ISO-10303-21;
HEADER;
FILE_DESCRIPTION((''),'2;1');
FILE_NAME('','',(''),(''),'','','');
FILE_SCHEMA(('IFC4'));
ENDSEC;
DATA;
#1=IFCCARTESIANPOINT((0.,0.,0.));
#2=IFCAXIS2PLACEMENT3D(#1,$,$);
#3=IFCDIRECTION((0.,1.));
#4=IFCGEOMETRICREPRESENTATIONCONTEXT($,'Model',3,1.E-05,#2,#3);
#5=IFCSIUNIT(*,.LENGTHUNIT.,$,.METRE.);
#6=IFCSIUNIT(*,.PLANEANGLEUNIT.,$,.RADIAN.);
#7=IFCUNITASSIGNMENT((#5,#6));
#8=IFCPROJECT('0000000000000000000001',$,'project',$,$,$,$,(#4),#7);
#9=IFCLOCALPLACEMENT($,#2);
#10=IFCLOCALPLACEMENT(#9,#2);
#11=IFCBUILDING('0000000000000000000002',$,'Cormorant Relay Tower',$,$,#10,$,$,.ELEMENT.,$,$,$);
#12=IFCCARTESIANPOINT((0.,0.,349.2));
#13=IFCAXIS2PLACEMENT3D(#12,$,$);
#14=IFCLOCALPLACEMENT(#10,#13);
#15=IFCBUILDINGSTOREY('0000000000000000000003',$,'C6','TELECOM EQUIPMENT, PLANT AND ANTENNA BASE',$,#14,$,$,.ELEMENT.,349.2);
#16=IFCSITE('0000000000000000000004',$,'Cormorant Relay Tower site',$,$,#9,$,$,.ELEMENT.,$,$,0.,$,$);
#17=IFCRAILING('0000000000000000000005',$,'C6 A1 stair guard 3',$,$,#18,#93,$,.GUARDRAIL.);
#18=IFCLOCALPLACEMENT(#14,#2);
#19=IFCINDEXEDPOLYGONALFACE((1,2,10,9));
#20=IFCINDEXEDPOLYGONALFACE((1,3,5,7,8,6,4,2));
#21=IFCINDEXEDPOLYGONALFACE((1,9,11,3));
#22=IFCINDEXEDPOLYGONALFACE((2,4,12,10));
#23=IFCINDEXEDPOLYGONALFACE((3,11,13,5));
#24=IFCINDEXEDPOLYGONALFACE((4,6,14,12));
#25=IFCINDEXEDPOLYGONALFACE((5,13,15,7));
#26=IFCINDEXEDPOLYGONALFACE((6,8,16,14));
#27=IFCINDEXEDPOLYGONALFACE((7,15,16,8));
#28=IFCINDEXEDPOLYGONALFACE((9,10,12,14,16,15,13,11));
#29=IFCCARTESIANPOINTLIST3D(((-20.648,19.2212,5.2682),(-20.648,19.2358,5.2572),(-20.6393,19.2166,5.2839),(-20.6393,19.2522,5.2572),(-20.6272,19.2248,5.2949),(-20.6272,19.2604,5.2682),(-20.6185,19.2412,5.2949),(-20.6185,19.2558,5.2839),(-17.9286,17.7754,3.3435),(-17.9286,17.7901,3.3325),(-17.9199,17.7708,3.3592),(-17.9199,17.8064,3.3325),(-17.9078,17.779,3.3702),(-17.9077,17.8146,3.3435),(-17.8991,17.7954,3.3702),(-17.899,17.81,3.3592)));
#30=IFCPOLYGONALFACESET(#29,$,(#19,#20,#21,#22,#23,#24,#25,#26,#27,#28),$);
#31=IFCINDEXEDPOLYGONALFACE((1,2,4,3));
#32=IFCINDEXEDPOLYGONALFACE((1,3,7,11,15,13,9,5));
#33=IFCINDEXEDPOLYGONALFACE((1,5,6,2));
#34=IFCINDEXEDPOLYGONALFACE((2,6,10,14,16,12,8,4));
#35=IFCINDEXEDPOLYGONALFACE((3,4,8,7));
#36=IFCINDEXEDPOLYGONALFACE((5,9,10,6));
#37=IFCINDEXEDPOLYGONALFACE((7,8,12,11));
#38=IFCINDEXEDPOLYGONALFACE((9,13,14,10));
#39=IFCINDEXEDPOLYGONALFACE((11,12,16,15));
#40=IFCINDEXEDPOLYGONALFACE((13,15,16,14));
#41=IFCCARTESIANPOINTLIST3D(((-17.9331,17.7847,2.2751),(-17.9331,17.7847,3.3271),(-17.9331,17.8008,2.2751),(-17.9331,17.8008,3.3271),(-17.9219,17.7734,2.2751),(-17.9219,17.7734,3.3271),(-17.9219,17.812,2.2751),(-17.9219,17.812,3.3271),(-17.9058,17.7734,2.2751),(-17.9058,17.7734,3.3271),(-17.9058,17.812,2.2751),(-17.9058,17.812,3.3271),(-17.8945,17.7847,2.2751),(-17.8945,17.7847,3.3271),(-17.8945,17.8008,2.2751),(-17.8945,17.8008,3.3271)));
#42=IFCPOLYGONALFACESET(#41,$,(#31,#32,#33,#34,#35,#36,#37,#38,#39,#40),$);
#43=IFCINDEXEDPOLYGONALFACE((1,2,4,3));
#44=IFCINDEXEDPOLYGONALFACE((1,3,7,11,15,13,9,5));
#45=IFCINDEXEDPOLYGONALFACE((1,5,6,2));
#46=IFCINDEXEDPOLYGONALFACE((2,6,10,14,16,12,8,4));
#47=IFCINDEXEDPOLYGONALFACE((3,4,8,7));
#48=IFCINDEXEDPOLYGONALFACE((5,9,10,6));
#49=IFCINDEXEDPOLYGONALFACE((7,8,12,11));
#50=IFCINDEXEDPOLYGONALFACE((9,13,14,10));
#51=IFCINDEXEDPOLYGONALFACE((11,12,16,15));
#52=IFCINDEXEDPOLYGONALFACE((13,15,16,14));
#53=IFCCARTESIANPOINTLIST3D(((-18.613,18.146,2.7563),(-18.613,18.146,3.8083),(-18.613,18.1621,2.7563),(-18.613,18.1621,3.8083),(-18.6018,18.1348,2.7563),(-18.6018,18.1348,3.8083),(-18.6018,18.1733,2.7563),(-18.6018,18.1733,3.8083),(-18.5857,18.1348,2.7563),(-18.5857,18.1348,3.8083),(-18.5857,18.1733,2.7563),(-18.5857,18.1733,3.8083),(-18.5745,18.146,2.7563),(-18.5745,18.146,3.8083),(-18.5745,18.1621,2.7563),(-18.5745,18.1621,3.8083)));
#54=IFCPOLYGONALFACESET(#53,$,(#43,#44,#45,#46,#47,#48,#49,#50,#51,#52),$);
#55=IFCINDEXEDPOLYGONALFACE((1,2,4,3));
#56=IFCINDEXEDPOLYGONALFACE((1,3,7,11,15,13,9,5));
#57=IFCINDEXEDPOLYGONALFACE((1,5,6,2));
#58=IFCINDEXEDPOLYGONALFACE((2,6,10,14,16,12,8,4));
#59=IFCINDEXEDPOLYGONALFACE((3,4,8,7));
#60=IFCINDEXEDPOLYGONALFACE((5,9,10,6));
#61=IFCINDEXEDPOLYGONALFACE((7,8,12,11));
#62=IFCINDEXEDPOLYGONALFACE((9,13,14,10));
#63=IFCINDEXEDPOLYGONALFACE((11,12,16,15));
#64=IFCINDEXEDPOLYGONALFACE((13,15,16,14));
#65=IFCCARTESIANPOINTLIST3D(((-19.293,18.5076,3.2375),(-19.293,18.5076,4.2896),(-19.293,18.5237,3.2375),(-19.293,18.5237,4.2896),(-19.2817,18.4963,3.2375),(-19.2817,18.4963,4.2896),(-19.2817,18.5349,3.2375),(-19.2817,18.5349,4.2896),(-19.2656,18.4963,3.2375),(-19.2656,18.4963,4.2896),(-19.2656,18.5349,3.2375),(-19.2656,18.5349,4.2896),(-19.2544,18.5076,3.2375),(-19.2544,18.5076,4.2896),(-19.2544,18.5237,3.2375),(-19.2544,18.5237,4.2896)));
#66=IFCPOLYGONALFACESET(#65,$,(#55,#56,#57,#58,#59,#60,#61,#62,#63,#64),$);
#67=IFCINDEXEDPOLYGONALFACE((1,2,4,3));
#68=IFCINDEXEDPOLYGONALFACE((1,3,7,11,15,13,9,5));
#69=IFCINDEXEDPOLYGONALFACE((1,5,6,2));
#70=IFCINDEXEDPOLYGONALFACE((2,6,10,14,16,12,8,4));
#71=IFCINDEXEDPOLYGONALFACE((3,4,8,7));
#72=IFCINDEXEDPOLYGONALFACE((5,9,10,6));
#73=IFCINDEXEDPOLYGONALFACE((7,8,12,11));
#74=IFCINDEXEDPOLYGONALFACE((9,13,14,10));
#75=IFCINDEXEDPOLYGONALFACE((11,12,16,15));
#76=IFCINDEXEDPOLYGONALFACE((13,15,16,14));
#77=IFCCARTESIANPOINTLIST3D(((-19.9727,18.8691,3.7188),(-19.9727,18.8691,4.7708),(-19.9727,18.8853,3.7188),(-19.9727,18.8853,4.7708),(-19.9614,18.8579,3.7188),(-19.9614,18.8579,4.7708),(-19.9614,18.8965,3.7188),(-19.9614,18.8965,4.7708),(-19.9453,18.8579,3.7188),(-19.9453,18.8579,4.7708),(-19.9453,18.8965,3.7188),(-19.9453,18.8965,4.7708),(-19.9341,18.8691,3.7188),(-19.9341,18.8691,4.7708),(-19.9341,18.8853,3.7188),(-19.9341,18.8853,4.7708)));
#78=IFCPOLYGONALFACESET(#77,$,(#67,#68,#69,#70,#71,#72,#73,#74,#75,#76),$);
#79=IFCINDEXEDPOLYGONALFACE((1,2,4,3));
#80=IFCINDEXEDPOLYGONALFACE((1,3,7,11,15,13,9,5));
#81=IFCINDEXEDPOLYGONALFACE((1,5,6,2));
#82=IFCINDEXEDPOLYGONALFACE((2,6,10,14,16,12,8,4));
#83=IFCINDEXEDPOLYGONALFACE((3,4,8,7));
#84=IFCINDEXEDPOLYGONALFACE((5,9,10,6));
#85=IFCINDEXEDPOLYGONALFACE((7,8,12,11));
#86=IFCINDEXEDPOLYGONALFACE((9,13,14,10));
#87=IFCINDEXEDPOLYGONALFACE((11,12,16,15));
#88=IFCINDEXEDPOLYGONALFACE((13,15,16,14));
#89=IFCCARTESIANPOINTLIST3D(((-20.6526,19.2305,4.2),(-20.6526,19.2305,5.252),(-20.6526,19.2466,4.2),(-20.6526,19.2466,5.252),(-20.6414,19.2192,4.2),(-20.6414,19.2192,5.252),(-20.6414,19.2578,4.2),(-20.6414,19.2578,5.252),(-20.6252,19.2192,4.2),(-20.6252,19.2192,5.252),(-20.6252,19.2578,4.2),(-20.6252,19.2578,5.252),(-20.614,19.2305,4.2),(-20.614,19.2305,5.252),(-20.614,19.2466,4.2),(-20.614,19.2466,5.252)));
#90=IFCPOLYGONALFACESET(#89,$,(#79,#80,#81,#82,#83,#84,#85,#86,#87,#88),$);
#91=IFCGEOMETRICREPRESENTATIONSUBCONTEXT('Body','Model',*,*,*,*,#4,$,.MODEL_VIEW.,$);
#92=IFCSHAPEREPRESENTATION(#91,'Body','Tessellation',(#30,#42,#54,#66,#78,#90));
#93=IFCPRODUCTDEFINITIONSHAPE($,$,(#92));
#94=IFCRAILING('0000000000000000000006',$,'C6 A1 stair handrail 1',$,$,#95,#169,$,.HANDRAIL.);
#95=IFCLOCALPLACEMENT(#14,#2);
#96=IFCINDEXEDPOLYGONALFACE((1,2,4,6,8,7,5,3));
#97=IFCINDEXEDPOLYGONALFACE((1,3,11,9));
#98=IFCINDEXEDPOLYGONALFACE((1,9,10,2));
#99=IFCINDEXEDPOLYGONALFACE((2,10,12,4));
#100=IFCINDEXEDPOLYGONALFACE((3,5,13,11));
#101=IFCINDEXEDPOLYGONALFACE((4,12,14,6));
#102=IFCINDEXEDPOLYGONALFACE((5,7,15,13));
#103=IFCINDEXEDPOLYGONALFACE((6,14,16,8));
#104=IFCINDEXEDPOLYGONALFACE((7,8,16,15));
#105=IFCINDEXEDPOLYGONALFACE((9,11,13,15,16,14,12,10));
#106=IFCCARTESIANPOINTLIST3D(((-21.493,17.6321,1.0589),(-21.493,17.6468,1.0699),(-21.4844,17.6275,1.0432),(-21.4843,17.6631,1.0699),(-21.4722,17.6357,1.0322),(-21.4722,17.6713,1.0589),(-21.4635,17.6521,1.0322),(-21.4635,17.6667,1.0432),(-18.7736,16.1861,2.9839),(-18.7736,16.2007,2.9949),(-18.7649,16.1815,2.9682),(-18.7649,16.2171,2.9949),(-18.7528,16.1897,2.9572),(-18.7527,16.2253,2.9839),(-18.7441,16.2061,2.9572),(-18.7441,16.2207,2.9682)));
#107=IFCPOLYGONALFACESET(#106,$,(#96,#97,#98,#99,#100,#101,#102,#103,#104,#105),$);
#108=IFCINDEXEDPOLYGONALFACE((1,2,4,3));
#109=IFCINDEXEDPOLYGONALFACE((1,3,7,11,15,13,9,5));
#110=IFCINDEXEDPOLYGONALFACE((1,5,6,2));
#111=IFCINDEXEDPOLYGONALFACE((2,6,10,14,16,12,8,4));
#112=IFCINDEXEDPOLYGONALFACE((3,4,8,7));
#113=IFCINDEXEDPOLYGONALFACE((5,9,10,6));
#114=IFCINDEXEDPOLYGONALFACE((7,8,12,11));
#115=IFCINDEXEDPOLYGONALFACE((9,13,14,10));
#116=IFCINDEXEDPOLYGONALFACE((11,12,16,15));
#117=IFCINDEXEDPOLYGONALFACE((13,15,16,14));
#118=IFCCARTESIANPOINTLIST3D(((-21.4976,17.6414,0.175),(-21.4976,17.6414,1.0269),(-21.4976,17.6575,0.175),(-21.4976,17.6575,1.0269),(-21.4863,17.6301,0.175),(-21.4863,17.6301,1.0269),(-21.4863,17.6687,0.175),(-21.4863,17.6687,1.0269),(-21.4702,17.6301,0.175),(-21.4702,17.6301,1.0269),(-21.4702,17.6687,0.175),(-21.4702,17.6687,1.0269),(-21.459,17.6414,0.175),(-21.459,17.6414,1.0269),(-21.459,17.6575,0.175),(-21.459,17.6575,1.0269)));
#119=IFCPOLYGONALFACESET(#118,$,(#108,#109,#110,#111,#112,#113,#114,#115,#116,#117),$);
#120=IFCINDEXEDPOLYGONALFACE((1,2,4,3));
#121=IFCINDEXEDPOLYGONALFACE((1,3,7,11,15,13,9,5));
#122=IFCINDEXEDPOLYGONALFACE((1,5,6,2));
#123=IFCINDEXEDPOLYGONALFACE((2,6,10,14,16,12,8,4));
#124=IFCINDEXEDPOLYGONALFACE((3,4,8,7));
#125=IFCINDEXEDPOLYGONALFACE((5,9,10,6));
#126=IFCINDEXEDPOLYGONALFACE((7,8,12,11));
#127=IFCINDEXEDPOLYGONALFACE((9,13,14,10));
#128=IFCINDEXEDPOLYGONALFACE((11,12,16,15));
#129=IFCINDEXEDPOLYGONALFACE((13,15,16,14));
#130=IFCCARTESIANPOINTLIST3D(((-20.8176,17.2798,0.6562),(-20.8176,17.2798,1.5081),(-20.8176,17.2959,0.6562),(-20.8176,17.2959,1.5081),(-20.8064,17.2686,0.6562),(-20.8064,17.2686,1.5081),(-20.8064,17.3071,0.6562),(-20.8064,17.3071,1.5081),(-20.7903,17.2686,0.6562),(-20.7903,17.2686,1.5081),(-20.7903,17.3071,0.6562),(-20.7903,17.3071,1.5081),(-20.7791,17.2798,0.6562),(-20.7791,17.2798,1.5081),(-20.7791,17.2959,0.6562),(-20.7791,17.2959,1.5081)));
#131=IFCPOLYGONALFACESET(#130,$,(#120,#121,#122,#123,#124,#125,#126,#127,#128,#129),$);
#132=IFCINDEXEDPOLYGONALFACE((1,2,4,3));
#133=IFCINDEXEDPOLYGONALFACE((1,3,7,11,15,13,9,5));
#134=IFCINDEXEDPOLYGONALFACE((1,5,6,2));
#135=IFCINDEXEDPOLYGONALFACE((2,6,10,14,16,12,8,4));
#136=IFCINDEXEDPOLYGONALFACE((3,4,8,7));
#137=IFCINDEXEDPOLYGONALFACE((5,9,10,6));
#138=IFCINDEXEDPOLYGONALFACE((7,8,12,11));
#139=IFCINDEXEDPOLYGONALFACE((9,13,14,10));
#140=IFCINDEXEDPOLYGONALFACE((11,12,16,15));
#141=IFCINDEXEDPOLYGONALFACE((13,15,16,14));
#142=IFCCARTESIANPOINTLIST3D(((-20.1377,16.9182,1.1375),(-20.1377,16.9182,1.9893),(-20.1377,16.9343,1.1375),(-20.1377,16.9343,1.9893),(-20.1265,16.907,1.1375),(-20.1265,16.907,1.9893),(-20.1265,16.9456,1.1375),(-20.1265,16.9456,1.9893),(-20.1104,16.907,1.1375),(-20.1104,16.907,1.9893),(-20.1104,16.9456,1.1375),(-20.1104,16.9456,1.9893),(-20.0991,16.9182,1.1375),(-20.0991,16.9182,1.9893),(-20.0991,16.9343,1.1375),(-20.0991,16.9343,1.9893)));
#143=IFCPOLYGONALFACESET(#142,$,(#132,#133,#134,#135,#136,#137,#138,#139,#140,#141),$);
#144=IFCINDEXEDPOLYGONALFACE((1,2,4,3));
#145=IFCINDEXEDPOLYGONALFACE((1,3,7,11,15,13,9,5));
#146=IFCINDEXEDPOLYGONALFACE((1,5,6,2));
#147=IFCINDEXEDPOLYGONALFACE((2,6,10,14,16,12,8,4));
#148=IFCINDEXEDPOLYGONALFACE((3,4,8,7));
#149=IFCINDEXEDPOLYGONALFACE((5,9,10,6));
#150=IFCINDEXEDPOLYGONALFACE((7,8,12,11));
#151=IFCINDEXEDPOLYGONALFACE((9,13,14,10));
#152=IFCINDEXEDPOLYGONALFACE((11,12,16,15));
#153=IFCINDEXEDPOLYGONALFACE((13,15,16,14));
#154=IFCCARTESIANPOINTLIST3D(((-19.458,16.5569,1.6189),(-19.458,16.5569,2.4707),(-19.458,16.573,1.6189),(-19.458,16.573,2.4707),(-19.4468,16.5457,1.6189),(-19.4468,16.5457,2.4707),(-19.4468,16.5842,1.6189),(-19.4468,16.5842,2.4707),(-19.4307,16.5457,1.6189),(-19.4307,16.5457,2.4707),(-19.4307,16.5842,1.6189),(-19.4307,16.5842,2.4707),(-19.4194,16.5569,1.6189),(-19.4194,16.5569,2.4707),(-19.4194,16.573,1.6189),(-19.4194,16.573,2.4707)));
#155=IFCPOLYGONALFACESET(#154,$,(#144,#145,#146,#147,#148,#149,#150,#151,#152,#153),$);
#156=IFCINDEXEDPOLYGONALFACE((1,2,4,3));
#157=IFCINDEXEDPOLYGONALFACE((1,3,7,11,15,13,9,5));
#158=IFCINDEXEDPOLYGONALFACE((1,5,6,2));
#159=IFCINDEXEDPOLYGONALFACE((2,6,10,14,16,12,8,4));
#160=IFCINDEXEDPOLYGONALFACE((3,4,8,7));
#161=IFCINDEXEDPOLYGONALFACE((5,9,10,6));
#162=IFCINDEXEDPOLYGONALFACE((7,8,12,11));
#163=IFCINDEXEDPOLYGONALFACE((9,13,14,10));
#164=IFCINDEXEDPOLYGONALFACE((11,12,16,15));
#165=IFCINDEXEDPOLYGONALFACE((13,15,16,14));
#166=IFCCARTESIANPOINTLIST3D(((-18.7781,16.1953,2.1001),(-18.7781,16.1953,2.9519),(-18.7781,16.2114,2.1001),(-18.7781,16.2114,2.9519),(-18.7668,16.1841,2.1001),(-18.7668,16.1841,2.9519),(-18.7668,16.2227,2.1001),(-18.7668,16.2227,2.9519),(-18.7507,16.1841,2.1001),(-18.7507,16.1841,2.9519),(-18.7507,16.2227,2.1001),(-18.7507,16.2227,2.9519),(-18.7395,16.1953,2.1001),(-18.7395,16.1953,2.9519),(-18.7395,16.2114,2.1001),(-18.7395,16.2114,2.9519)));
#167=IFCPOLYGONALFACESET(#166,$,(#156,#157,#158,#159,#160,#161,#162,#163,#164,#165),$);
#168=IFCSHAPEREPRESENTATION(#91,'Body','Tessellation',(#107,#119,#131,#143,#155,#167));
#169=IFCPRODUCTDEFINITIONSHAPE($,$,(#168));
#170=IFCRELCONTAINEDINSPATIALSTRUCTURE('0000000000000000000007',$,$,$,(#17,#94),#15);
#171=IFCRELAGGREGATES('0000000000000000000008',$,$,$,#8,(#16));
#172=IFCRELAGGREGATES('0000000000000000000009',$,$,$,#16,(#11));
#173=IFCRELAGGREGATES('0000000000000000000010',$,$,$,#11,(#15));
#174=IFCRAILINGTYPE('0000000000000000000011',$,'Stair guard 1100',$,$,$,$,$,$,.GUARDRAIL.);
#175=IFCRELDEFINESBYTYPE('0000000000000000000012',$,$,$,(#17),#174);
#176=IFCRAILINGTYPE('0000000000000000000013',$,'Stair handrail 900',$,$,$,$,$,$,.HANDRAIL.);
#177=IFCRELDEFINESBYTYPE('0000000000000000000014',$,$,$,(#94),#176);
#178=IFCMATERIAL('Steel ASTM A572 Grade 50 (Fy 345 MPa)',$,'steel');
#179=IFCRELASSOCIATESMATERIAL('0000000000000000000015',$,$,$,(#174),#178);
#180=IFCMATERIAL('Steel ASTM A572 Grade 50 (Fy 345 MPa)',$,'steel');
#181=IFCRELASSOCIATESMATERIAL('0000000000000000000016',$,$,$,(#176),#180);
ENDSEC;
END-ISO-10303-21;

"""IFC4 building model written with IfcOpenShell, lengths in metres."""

from ifc_helpers import new_model, si_unit, direction, frame, origin, place, context, subcontext, project, spatial, polyline, outline, extrude, material, type_object, element, save


model = new_model("IFC4")

# Units and contexts
model_context = context("Model", 3, precision=1e-05, world=origin(), true_north=direction((0.0, 1.0)))
body_context = subcontext(model_context, "Body", "Model", "MODEL_VIEW")
ifc_project = project(units=[si_unit("LENGTHUNIT", "METRE"), si_unit("PLANEANGLEUNIT", "RADIAN")], contexts=[model_context])

# Site, building, storey
site_placement = place(None, origin())
site = spatial("IfcSite", under=ifc_project, at=site_placement, Name="Cormorant Relay Tower site", CompositionType="ELEMENT", RefElevation=0.0)
building_placement = place(site_placement, origin())
building = spatial("IfcBuilding", under=site, at=building_placement, Name="Cormorant Relay Tower", CompositionType="ELEMENT")
storey_placement = place(building_placement, frame((0.0, 0.0, 349.2)))
storey = spatial("IfcBuildingStorey", under=building, at=storey_placement, Name="C6", Description="TELECOM EQUIPMENT, PLANT AND ANTENNA BASE", CompositionType="ELEMENT", Elevation=349.2)

# Railings
ifc_material_1 = material(Name="Steel ASTM A572 Grade 50 (Fy 345 MPa)", Category="steel")
railing_type_1 = type_object("IfcRailingType", Name="Stair guard 1100", PredefinedType="GUARDRAIL", material=ifc_material_1)
railing_1_placement = place(storey_placement, frame((-17.9138, 17.7927, 2.2751)))
element("IfcRailing", 1, at=railing_1_placement, inside=storey, type_object=railing_type_1, Name="C6 A1 stair guard 3", PredefinedType="GUARDRAIL", context=body_context, shape_type="SweptSolid", body=[
    extrude(outline(polyline([(0.0222, 0.0093), (0.0093, 0.0222), (-0.0093, 0.0222), (-0.0222, 0.0093), (-0.0222, -0.0093), (-0.0093, -0.0222), (0.0093, -0.0222), (0.0222, -0.0093), (0.0222, 0.0093)])), frame((0.0, 0.0, 1.0762), z_axis=(-0.748774, 0.398082, 0.52997), x_axis=(-0.469428, -0.882971, 0.0)), (0.0, 0.0, 1.0), 3.6318),
    extrude(outline(polyline([(0.0193, 0.0081), (0.0081, 0.0193), (-0.0081, 0.0193), (-0.0193, 0.0081), (-0.0193, -0.0081), (-0.0081, -0.0193), (0.0081, -0.0193), (0.0193, -0.0081), (0.0193, 0.0081)])), origin(), (0.0, 0.0, 1.0), 1.052),
    extrude(outline(polyline([(0.0193, 0.0081), (0.0081, 0.0193), (-0.0081, 0.0193), (-0.0193, 0.0081), (-0.0193, -0.0081), (-0.0081, -0.0193), (0.0081, -0.0193), (0.0193, -0.0081), (0.0193, 0.0081)])), frame((-0.6799, 0.3613, 0.4812)), (0.0, 0.0, 1.0), 1.052),
    extrude(outline(polyline([(0.0193, 0.0081), (0.0081, 0.0193), (-0.0081, 0.0193), (-0.0193, 0.0081), (-0.0193, -0.0081), (-0.0081, -0.0193), (0.0081, -0.0193), (0.0193, -0.0081), (0.0193, 0.0081)])), frame((-1.3599, 0.7229, 0.9624)), (0.0, 0.0, 1.0), 1.052),
    extrude(outline(polyline([(0.0193, 0.0081), (0.0081, 0.0193), (-0.0081, 0.0193), (-0.0193, 0.0081), (-0.0193, -0.0081), (-0.0081, -0.0193), (0.0081, -0.0193), (0.0193, -0.0081), (0.0193, 0.0081)])), frame((-2.0396, 1.0845, 1.4436)), (0.0, 0.0, 1.0), 1.052),
    extrude(outline(polyline([(0.0193, 0.0081), (0.0081, 0.0193), (-0.0081, 0.0193), (-0.0193, 0.0081), (-0.0193, -0.0081), (-0.0081, -0.0193), (0.0081, -0.0193), (0.0193, -0.0081), (0.0193, 0.0081)])), frame((-2.7195, 1.4458, 1.9248)), (0.0, 0.0, 1.0), 1.052),
])
ifc_material_2 = material(Name="Steel ASTM A572 Grade 50 (Fy 345 MPa)", Category="steel")
railing_type_2 = type_object("IfcRailingType", Name="Stair handrail 900", PredefinedType="HANDRAIL", material=ifc_material_2)
railing_2_placement = place(storey_placement, frame((-21.4783, 17.6494, 0.175)))
element("IfcRailing", 2, at=railing_2_placement, inside=storey, type_object=railing_type_2, Name="C6 A1 stair handrail 1", PredefinedType="HANDRAIL", context=body_context, shape_type="SweptSolid", body=[
    extrude(outline(polyline([(0.0222, 0.0093), (0.0093, 0.0222), (-0.0093, 0.0222), (-0.0222, 0.0093), (-0.0222, -0.0093), (-0.0093, -0.0222), (0.0093, -0.0222), (0.0222, -0.0093), (0.0222, 0.0093)])), frame((0.0, 0.0, 0.876), z_axis=(0.748727, -0.398125, 0.530004), x_axis=(0.469489, 0.882938, 0.0)), (0.0, 0.0, 1.0), 3.6321),
    extrude(outline(polyline([(0.0193, 0.0081), (0.0081, 0.0193), (-0.0081, 0.0193), (-0.0193, 0.0081), (-0.0193, -0.0081), (-0.0081, -0.0193), (0.0081, -0.0193), (0.0193, -0.0081), (0.0193, 0.0081)])), origin(), (0.0, 0.0, 1.0), 0.8518),
    extrude(outline(polyline([(0.0193, 0.0081), (0.0081, 0.0193), (-0.0081, 0.0193), (-0.0193, 0.0081), (-0.0193, -0.0081), (-0.0081, -0.0193), (0.0081, -0.0193), (0.0193, -0.0081), (0.0193, 0.0081)])), frame((0.6799, -0.3616, 0.4812)), (0.0, 0.0, 1.0), 0.8518),
    extrude(outline(polyline([(0.0193, 0.0081), (0.0081, 0.0193), (-0.0081, 0.0193), (-0.0193, 0.0081), (-0.0193, -0.0081), (-0.0081, -0.0193), (0.0081, -0.0193), (0.0193, -0.0081), (0.0193, 0.0081)])), frame((1.3599, -0.7231, 0.9624)), (0.0, 0.0, 1.0), 0.8518),
    extrude(outline(polyline([(0.0193, 0.0081), (0.0081, 0.0193), (-0.0081, 0.0193), (-0.0193, 0.0081), (-0.0193, -0.0081), (-0.0081, -0.0193), (0.0081, -0.0193), (0.0193, -0.0081), (0.0193, 0.0081)])), frame((2.0396, -1.0845, 1.4438)), (0.0, 0.0, 1.0), 0.8518),
    extrude(outline(polyline([(0.0193, 0.0081), (0.0081, 0.0193), (-0.0081, 0.0193), (-0.0193, 0.0081), (-0.0193, -0.0081), (-0.0081, -0.0193), (0.0081, -0.0193), (0.0193, -0.0081), (0.0193, 0.0081)])), frame((2.7195, -1.446, 1.925)), (0.0, 0.0, 1.0), 0.8518),
])

save(model, "model.ifc")
